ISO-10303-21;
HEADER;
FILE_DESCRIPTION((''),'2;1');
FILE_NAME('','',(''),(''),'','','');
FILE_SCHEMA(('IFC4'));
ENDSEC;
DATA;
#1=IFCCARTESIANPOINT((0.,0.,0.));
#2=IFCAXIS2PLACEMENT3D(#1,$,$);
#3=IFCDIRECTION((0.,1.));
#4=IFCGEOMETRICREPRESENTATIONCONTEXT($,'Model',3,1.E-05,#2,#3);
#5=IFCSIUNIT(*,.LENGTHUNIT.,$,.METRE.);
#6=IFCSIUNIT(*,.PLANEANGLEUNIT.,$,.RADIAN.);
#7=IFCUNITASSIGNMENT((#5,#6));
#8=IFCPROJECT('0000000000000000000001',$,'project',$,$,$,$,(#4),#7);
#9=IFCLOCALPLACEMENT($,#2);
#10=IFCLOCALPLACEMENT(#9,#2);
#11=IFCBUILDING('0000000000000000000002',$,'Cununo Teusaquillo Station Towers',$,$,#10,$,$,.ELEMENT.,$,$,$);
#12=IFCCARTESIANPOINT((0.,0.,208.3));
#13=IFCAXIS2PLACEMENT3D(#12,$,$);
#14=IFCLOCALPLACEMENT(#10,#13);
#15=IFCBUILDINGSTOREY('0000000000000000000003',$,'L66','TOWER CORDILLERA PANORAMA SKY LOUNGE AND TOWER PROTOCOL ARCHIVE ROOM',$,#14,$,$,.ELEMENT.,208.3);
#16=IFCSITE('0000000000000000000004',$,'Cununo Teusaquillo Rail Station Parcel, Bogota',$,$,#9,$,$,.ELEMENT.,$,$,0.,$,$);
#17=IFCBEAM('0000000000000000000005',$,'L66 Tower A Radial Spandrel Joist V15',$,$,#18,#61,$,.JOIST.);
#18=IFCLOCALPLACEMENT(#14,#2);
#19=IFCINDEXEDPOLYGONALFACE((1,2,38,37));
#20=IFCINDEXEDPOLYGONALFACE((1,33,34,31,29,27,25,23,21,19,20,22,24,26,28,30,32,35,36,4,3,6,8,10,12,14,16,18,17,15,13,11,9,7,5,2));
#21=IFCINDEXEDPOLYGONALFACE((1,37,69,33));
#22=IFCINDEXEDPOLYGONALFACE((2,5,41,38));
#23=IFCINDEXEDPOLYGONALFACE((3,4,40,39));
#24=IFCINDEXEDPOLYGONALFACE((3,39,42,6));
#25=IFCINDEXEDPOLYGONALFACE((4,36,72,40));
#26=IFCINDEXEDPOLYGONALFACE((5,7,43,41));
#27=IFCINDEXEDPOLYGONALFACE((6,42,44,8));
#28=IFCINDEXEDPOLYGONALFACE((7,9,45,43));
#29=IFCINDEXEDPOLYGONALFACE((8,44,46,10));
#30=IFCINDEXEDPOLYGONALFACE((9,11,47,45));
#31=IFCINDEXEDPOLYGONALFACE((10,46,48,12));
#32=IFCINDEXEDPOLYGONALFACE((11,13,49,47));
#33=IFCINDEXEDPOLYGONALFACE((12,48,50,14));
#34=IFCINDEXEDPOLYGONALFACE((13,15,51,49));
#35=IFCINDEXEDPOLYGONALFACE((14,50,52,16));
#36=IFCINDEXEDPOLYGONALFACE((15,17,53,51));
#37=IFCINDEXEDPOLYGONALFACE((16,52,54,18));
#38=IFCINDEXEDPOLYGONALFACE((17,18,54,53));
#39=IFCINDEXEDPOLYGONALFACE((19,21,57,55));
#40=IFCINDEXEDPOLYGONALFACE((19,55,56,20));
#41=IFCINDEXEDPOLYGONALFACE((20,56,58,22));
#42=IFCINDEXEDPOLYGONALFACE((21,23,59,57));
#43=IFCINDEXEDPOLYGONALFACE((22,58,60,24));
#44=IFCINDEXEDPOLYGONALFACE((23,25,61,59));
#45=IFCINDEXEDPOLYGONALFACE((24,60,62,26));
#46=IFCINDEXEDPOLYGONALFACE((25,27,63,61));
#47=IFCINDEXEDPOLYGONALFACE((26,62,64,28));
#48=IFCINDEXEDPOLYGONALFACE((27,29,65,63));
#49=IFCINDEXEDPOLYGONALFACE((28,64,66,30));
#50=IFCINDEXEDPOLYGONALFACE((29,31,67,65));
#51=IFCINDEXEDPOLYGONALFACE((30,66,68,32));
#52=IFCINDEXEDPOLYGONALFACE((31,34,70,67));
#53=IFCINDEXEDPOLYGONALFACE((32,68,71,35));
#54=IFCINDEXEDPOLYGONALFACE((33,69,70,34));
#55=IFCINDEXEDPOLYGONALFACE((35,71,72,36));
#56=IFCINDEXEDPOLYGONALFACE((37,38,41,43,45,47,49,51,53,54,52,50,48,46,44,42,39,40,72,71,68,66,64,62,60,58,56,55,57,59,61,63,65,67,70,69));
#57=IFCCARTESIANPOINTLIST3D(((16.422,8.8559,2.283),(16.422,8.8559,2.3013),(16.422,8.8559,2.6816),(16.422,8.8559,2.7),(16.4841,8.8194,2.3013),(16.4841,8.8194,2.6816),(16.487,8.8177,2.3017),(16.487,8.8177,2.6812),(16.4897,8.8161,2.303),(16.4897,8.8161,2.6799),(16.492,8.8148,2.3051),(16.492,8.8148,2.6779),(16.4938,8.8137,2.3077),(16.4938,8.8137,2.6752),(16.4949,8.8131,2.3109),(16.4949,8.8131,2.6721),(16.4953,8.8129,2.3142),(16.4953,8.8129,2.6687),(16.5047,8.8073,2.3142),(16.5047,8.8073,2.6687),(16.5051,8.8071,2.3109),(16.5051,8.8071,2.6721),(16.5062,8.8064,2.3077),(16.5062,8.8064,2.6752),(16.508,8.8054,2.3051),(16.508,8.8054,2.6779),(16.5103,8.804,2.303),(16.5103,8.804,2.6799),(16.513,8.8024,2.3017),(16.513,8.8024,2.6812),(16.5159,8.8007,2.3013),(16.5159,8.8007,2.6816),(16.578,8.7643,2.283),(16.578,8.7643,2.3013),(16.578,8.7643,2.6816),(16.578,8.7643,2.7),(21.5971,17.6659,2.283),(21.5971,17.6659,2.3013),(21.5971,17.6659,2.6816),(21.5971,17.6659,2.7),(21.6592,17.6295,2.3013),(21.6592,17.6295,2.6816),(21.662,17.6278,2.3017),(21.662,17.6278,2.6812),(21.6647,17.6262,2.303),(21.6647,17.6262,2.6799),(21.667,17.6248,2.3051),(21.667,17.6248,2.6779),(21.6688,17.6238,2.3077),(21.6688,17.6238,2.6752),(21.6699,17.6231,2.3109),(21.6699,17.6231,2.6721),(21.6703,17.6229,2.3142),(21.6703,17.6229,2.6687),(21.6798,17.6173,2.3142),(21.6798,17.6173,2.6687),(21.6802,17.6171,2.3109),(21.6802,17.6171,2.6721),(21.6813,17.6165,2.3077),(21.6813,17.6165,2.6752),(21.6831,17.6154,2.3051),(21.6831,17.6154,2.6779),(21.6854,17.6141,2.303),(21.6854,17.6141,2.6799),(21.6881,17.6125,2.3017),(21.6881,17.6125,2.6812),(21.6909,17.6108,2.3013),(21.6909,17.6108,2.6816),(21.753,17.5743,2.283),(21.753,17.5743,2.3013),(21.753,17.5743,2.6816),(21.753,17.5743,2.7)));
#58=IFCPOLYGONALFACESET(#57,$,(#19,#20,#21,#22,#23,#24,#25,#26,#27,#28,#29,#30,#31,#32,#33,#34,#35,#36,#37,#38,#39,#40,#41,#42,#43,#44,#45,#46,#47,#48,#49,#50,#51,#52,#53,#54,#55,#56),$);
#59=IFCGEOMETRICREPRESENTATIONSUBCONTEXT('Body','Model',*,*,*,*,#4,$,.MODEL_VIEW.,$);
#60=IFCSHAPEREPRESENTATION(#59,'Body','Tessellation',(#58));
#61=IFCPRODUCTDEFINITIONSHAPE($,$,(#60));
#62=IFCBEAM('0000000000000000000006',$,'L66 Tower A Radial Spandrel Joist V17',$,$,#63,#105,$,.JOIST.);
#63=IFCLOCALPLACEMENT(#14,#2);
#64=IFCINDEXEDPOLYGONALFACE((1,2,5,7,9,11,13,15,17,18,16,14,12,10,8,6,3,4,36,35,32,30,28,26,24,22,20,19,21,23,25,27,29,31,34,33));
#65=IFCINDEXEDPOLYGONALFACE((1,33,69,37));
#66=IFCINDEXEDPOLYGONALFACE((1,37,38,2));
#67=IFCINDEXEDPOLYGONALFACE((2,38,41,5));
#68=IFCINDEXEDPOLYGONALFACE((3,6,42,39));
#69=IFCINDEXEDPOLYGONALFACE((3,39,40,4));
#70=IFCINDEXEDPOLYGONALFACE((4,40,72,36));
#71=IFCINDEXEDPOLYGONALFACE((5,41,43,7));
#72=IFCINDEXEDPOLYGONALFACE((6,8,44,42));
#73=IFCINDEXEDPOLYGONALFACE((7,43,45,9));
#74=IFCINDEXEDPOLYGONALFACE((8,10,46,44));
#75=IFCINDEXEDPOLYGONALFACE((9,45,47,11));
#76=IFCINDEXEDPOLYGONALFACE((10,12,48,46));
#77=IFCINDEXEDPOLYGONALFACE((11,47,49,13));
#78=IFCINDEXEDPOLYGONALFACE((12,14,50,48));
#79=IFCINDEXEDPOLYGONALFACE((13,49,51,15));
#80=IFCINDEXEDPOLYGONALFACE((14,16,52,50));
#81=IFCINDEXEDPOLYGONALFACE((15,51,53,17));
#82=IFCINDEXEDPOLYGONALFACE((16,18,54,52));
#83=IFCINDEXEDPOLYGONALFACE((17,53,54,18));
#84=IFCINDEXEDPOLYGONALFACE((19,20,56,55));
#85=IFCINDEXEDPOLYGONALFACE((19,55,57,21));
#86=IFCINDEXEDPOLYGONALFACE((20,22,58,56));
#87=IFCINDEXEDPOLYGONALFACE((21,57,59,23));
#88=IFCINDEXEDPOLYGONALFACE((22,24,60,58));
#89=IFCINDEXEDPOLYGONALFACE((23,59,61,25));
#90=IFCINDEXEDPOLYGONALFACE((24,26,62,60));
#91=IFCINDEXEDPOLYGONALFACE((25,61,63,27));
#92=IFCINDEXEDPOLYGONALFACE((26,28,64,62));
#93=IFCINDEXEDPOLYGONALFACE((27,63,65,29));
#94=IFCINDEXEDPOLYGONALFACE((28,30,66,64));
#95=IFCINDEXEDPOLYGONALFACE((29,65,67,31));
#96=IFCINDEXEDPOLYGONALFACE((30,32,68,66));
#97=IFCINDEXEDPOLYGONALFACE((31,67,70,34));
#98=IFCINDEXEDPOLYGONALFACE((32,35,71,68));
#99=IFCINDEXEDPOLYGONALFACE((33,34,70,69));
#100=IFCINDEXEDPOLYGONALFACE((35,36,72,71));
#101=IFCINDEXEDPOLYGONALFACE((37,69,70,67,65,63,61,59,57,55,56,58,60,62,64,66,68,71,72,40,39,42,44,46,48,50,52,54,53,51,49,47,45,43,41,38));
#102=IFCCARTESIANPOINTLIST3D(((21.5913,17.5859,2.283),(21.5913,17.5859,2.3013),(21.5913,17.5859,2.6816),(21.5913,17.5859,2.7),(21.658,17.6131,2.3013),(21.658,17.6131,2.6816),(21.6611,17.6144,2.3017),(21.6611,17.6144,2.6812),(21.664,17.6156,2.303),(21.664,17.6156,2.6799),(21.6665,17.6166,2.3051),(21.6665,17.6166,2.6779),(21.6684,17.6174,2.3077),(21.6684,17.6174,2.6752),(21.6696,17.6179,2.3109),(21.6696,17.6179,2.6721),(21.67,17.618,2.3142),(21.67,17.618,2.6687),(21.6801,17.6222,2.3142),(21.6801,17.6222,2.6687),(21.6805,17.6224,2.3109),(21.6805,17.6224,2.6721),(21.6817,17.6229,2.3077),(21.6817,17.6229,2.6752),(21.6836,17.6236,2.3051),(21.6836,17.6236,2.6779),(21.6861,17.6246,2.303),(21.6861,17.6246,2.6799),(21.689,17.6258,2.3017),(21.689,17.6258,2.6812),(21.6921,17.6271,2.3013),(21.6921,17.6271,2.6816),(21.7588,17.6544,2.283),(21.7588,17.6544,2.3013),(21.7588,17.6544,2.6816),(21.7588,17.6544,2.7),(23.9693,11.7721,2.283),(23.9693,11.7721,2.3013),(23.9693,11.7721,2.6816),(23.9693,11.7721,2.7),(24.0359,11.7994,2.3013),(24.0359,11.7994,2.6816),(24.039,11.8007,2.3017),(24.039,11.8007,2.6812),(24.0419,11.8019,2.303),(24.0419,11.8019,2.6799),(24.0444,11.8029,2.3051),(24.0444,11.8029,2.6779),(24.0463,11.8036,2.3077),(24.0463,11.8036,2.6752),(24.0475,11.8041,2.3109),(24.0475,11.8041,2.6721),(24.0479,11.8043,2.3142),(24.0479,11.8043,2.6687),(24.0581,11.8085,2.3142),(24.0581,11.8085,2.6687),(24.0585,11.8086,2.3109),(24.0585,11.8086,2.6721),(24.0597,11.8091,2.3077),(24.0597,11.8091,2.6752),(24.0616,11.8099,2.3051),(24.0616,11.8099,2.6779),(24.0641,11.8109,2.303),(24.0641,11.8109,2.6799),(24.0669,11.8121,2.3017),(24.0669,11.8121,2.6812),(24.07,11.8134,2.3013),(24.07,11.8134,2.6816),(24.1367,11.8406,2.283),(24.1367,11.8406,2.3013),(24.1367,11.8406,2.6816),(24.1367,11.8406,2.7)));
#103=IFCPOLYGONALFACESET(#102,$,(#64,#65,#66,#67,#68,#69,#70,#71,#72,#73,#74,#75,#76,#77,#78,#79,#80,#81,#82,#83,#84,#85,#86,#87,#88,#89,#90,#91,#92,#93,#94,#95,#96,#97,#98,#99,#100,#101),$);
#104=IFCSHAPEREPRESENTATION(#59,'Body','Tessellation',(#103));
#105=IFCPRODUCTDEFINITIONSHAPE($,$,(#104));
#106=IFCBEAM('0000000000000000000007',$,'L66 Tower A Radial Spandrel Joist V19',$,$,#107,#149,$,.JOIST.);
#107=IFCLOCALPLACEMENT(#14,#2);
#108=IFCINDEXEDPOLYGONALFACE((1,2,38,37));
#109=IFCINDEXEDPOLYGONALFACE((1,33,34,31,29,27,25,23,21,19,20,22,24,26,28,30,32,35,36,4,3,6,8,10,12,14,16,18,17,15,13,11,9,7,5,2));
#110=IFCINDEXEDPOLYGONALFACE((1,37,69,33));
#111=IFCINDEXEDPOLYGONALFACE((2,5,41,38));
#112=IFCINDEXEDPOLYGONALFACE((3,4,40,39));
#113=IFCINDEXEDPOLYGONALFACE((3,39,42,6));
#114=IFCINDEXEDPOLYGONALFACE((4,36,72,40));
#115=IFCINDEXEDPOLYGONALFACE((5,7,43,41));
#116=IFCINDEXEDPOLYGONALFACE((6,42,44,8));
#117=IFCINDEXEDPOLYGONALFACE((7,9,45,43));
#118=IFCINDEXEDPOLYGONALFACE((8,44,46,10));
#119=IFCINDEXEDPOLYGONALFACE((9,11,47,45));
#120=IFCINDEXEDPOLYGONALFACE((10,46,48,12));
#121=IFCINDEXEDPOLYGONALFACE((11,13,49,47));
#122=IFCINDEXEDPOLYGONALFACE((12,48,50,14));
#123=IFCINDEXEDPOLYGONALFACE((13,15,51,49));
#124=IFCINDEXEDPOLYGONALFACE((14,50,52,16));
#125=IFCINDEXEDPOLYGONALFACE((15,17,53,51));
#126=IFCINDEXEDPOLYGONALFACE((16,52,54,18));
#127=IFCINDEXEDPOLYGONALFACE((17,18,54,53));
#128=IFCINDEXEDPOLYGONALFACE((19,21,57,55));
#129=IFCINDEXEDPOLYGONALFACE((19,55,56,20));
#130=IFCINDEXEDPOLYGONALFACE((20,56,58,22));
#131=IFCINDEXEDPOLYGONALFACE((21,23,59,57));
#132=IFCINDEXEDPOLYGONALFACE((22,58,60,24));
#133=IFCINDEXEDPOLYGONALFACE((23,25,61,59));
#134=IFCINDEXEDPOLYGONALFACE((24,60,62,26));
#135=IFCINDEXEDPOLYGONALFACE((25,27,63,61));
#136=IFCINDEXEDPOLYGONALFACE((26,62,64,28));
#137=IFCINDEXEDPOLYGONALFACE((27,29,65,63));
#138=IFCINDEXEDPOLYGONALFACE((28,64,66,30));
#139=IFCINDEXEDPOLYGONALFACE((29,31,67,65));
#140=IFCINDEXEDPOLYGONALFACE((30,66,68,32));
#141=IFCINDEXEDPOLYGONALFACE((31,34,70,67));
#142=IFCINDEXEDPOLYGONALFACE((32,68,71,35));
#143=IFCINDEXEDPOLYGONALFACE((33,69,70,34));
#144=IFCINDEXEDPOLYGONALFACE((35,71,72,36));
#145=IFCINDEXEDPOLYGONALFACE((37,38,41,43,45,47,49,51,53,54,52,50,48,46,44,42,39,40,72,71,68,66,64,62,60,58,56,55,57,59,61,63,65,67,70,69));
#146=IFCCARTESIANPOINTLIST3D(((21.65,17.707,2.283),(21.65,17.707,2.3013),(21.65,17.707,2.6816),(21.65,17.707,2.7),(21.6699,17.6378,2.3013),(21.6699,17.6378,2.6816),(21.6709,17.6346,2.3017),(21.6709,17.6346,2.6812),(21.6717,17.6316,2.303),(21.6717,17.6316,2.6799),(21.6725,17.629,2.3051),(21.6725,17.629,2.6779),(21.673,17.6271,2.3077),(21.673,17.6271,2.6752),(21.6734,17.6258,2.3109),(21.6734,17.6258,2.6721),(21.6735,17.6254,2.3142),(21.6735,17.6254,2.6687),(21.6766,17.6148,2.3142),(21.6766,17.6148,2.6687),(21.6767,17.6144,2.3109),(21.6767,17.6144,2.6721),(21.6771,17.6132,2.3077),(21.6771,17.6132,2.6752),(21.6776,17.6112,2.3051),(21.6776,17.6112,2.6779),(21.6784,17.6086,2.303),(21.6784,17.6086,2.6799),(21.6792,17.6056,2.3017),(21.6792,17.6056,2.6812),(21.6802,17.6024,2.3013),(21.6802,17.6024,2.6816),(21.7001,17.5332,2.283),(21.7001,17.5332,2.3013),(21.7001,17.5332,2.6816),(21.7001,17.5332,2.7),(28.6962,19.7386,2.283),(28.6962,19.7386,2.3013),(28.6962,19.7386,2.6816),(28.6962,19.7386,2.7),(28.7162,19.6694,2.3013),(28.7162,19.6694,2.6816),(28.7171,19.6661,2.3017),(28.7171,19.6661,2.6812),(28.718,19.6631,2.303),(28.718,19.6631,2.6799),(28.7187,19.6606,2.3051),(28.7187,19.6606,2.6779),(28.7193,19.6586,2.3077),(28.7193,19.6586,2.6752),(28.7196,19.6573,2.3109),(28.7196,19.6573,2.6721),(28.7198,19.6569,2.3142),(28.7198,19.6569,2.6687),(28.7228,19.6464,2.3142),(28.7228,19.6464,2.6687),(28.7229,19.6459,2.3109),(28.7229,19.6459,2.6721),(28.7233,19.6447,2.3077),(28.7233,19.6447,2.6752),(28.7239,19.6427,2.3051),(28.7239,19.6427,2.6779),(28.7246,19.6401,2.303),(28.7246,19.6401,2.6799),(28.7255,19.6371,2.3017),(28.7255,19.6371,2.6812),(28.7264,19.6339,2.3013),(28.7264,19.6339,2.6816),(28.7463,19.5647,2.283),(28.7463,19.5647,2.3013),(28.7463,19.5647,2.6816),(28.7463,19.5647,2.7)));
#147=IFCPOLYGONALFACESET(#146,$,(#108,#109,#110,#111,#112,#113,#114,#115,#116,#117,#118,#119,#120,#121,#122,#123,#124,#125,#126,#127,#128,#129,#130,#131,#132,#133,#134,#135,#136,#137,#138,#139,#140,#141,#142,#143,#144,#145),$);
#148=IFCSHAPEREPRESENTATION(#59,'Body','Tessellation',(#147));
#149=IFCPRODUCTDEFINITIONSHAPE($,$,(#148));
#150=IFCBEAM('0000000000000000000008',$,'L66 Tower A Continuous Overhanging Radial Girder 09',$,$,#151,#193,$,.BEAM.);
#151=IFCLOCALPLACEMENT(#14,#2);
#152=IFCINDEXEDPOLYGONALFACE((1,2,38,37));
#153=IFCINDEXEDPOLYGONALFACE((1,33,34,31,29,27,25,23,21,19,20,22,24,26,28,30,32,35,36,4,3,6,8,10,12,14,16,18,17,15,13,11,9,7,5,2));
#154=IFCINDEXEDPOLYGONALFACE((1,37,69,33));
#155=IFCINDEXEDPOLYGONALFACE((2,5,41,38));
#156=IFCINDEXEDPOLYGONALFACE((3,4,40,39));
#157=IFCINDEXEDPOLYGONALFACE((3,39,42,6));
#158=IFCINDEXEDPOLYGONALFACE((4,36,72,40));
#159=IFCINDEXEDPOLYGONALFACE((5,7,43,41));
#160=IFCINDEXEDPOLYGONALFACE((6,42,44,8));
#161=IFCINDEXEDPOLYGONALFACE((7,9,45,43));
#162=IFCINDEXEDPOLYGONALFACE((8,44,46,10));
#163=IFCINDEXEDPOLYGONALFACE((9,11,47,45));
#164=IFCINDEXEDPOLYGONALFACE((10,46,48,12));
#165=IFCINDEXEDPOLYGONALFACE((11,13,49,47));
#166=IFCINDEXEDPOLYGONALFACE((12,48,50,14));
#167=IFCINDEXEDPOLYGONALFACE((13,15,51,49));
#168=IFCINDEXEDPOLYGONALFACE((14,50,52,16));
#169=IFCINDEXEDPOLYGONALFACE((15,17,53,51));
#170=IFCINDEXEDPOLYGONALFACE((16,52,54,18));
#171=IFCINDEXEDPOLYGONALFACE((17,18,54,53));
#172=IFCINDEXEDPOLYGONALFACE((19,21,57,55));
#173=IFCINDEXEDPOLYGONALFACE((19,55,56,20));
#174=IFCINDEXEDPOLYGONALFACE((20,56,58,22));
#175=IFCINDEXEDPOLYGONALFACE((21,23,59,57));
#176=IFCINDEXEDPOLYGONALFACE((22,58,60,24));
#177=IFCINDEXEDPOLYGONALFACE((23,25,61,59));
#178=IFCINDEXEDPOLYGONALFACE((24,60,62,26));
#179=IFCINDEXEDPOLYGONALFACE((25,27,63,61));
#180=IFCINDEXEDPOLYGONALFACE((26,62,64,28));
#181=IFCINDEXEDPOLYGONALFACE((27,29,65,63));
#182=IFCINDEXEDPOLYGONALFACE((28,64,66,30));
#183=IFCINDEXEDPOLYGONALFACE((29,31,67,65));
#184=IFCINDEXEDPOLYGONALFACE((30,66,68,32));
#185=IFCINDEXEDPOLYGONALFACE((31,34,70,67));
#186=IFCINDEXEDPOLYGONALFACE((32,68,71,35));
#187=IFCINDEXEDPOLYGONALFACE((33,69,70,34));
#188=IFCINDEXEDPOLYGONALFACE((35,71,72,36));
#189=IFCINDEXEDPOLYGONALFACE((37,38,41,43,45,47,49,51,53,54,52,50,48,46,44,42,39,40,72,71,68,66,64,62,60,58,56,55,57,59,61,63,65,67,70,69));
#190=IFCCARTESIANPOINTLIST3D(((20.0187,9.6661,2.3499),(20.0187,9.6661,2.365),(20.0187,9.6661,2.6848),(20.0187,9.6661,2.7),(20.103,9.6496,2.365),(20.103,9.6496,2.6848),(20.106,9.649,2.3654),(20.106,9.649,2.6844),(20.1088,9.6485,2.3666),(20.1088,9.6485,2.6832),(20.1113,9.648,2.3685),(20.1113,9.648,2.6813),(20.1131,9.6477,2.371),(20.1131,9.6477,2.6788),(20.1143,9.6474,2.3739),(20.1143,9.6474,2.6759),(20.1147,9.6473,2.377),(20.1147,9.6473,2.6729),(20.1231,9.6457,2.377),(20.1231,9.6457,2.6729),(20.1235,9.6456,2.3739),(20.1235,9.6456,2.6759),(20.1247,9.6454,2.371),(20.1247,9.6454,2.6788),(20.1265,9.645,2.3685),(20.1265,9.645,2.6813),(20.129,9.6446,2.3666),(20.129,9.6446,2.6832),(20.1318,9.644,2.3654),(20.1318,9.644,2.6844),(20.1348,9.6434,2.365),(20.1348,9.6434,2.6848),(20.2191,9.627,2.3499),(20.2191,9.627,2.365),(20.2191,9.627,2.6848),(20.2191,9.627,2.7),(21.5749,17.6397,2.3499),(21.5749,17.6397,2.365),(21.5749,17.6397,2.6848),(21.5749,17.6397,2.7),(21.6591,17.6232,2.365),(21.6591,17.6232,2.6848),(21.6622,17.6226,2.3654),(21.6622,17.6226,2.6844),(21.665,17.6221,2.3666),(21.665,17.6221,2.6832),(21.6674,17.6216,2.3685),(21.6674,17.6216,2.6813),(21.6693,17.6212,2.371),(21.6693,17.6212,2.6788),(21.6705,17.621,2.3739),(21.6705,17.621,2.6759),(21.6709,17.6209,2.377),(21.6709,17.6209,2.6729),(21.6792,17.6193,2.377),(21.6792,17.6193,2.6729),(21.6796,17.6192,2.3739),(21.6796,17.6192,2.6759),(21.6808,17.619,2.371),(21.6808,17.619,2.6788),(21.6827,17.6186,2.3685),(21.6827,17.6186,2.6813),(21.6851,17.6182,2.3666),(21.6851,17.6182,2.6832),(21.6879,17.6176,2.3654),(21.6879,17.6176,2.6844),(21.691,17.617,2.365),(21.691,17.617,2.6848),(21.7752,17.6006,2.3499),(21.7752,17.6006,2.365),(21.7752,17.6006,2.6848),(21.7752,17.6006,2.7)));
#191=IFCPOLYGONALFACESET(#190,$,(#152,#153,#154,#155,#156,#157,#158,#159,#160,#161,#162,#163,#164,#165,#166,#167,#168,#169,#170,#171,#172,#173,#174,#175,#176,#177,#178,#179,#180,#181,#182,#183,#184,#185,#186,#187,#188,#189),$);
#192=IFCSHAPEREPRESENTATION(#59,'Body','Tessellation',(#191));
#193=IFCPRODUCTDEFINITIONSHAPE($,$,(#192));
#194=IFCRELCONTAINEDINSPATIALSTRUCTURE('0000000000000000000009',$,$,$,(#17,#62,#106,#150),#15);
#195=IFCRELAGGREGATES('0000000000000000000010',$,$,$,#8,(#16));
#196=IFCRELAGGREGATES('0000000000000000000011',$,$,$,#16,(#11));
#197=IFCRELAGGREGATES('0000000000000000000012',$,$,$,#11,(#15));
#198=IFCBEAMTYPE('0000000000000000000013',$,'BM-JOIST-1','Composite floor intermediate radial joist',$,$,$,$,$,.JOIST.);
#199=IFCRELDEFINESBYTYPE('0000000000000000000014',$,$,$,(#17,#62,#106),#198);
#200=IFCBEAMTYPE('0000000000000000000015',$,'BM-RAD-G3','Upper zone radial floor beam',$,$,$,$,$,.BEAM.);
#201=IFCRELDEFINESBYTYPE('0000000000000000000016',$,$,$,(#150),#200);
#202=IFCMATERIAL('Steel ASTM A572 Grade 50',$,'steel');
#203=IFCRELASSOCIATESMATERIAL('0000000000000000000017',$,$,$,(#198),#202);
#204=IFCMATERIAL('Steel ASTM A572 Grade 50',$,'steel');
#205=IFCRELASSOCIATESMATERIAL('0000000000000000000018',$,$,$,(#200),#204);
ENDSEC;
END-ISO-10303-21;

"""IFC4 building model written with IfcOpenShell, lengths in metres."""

from ifc_helpers import new_model, si_unit, direction, frame, origin, origin_2d, place, context, subcontext, project, spatial, i_section, extrude, material, material_profile, profile_set, type_object, element, save


model = new_model("IFC4")

# Units and contexts
model_context = context("Model", 3, precision=1e-05, world=origin(), true_north=direction((0.0, 1.0)))
body_context = subcontext(model_context, "Body", "Model", "MODEL_VIEW")
ifc_project = project(units=[si_unit("LENGTHUNIT", "METRE"), si_unit("PLANEANGLEUNIT", "RADIAN")], contexts=[model_context])

# Site, building, storey
site_placement = place(None, origin())
site = spatial("IfcSite", under=ifc_project, at=site_placement, Name="Cununo Teusaquillo Rail Station Parcel, Bogota", CompositionType="ELEMENT", RefElevation=0.0)
building_placement = place(site_placement, origin())
building = spatial("IfcBuilding", under=site, at=building_placement, Name="Cununo Teusaquillo Station Towers", CompositionType="ELEMENT")
storey_placement = place(building_placement, frame((0.0, 0.0, 208.3)))
storey = spatial("IfcBuildingStorey", under=building, at=storey_placement, Name="L66", Description="TOWER CORDILLERA PANORAMA SKY LOUNGE AND TOWER PROTOCOL ARCHIVE ROOM", CompositionType="ELEMENT", Elevation=208.3)

# Beams
ifc_material_1 = material(Name="Steel ASTM A572 Grade 50", Category="steel")
ifc_material_profile_1 = material_profile(ifc_material_1, i_section(OverallWidth=0.1809, OverallDepth=0.417, WebThickness=0.011, FlangeThickness=0.0183, FilletRadius=0.0129, at=origin_2d()), Name="W16X57")
ifc_profile_set_1 = profile_set([ifc_material_profile_1], Name="Steel ASTM A572 Grade 50")
beam_type_1 = type_object("IfcBeamType", Name="BM-JOIST-1", Description="Composite floor intermediate radial joist", PredefinedType="JOIST", material=ifc_profile_set_1)
beam_1_placement = place(storey_placement, frame((21.675, 17.6201, 2.4915), z_axis=(-0.506486, -0.862248, 0.0), x_axis=(0.862248, -0.506486, 0.0)))
element("IfcBeam", 1, at=beam_1_placement, inside=storey, type_object=beam_type_1, Name="L66 Tower A Radial Spandrel Joist V15", PredefinedType="JOIST", context=body_context, shape_type="SweptSolid", body=[
    extrude(i_section(OverallWidth=0.1809, OverallDepth=0.417, WebThickness=0.011, FlangeThickness=0.0183, FilletRadius=0.0129, at=origin_2d()), origin(), (0.0, 0.0, 1.0), 10.2175),
])
beam_2_placement = place(storey_placement, frame((21.675, 17.6201, 2.4915), z_axis=(0.378577, -0.92557, 0.0), x_axis=(0.92557, 0.378577, 0.0)))
element("IfcBeam", 2, at=beam_2_placement, inside=storey, type_object=beam_type_1, Name="L66 Tower A Radial Spandrel Joist V17", PredefinedType="JOIST", context=body_context, shape_type="SweptSolid", body=[
    extrude(i_section(OverallWidth=0.1809, OverallDepth=0.417, WebThickness=0.011, FlangeThickness=0.0183, FilletRadius=0.0129, at=origin_2d()), origin(), (0.0, 0.0, 1.0), 6.2812),
])
beam_3_placement = place(storey_placement, frame((21.675, 17.6201, 2.4915), z_axis=(0.960862, 0.277029, 0.0), x_axis=(-0.277029, 0.960862, 0.0)))
element("IfcBeam", 3, at=beam_3_placement, inside=storey, type_object=beam_type_1, Name="L66 Tower A Radial Spandrel Joist V19", PredefinedType="JOIST", context=body_context, shape_type="SweptSolid", body=[
    extrude(i_section(OverallWidth=0.1809, OverallDepth=0.417, WebThickness=0.011, FlangeThickness=0.0183, FilletRadius=0.0129, at=origin_2d()), origin(), (0.0, 0.0, 1.0), 7.3333),
])
ifc_material_2 = material(Name="Steel ASTM A572 Grade 50", Category="steel")
ifc_material_profile_2 = material_profile(ifc_material_2, i_section(OverallWidth=0.2041, OverallDepth=0.3501, WebThickness=0.0085, FlangeThickness=0.0151, FilletRadius=0.012, at=origin_2d()), Name="W14X48")
ifc_profile_set_2 = profile_set([ifc_material_profile_2], Name="Steel ASTM A572 Grade 50")
beam_type_2 = type_object("IfcBeamType", Name="BM-RAD-G3", Description="Upper zone radial floor beam", PredefinedType="BEAM", material=ifc_profile_set_2)
beam_4_placement = place(storey_placement, frame((21.675, 17.6201, 2.5249), z_axis=(-0.191548, -0.981483, 0.0), x_axis=(0.981483, -0.191548, 0.0)))
element("IfcBeam", 4, at=beam_4_placement, inside=storey, type_object=beam_type_2, Name="L66 Tower A Continuous Overhanging Radial Girder 09", PredefinedType="BEAM", context=body_context, shape_type="SweptSolid", body=[
    extrude(i_section(OverallWidth=0.2041, OverallDepth=0.3501, WebThickness=0.0085, FlangeThickness=0.0151, FilletRadius=0.012, at=origin_2d()), origin(), (0.0, 0.0, 1.0), 8.124),
])

save(model, "model.ifc")
